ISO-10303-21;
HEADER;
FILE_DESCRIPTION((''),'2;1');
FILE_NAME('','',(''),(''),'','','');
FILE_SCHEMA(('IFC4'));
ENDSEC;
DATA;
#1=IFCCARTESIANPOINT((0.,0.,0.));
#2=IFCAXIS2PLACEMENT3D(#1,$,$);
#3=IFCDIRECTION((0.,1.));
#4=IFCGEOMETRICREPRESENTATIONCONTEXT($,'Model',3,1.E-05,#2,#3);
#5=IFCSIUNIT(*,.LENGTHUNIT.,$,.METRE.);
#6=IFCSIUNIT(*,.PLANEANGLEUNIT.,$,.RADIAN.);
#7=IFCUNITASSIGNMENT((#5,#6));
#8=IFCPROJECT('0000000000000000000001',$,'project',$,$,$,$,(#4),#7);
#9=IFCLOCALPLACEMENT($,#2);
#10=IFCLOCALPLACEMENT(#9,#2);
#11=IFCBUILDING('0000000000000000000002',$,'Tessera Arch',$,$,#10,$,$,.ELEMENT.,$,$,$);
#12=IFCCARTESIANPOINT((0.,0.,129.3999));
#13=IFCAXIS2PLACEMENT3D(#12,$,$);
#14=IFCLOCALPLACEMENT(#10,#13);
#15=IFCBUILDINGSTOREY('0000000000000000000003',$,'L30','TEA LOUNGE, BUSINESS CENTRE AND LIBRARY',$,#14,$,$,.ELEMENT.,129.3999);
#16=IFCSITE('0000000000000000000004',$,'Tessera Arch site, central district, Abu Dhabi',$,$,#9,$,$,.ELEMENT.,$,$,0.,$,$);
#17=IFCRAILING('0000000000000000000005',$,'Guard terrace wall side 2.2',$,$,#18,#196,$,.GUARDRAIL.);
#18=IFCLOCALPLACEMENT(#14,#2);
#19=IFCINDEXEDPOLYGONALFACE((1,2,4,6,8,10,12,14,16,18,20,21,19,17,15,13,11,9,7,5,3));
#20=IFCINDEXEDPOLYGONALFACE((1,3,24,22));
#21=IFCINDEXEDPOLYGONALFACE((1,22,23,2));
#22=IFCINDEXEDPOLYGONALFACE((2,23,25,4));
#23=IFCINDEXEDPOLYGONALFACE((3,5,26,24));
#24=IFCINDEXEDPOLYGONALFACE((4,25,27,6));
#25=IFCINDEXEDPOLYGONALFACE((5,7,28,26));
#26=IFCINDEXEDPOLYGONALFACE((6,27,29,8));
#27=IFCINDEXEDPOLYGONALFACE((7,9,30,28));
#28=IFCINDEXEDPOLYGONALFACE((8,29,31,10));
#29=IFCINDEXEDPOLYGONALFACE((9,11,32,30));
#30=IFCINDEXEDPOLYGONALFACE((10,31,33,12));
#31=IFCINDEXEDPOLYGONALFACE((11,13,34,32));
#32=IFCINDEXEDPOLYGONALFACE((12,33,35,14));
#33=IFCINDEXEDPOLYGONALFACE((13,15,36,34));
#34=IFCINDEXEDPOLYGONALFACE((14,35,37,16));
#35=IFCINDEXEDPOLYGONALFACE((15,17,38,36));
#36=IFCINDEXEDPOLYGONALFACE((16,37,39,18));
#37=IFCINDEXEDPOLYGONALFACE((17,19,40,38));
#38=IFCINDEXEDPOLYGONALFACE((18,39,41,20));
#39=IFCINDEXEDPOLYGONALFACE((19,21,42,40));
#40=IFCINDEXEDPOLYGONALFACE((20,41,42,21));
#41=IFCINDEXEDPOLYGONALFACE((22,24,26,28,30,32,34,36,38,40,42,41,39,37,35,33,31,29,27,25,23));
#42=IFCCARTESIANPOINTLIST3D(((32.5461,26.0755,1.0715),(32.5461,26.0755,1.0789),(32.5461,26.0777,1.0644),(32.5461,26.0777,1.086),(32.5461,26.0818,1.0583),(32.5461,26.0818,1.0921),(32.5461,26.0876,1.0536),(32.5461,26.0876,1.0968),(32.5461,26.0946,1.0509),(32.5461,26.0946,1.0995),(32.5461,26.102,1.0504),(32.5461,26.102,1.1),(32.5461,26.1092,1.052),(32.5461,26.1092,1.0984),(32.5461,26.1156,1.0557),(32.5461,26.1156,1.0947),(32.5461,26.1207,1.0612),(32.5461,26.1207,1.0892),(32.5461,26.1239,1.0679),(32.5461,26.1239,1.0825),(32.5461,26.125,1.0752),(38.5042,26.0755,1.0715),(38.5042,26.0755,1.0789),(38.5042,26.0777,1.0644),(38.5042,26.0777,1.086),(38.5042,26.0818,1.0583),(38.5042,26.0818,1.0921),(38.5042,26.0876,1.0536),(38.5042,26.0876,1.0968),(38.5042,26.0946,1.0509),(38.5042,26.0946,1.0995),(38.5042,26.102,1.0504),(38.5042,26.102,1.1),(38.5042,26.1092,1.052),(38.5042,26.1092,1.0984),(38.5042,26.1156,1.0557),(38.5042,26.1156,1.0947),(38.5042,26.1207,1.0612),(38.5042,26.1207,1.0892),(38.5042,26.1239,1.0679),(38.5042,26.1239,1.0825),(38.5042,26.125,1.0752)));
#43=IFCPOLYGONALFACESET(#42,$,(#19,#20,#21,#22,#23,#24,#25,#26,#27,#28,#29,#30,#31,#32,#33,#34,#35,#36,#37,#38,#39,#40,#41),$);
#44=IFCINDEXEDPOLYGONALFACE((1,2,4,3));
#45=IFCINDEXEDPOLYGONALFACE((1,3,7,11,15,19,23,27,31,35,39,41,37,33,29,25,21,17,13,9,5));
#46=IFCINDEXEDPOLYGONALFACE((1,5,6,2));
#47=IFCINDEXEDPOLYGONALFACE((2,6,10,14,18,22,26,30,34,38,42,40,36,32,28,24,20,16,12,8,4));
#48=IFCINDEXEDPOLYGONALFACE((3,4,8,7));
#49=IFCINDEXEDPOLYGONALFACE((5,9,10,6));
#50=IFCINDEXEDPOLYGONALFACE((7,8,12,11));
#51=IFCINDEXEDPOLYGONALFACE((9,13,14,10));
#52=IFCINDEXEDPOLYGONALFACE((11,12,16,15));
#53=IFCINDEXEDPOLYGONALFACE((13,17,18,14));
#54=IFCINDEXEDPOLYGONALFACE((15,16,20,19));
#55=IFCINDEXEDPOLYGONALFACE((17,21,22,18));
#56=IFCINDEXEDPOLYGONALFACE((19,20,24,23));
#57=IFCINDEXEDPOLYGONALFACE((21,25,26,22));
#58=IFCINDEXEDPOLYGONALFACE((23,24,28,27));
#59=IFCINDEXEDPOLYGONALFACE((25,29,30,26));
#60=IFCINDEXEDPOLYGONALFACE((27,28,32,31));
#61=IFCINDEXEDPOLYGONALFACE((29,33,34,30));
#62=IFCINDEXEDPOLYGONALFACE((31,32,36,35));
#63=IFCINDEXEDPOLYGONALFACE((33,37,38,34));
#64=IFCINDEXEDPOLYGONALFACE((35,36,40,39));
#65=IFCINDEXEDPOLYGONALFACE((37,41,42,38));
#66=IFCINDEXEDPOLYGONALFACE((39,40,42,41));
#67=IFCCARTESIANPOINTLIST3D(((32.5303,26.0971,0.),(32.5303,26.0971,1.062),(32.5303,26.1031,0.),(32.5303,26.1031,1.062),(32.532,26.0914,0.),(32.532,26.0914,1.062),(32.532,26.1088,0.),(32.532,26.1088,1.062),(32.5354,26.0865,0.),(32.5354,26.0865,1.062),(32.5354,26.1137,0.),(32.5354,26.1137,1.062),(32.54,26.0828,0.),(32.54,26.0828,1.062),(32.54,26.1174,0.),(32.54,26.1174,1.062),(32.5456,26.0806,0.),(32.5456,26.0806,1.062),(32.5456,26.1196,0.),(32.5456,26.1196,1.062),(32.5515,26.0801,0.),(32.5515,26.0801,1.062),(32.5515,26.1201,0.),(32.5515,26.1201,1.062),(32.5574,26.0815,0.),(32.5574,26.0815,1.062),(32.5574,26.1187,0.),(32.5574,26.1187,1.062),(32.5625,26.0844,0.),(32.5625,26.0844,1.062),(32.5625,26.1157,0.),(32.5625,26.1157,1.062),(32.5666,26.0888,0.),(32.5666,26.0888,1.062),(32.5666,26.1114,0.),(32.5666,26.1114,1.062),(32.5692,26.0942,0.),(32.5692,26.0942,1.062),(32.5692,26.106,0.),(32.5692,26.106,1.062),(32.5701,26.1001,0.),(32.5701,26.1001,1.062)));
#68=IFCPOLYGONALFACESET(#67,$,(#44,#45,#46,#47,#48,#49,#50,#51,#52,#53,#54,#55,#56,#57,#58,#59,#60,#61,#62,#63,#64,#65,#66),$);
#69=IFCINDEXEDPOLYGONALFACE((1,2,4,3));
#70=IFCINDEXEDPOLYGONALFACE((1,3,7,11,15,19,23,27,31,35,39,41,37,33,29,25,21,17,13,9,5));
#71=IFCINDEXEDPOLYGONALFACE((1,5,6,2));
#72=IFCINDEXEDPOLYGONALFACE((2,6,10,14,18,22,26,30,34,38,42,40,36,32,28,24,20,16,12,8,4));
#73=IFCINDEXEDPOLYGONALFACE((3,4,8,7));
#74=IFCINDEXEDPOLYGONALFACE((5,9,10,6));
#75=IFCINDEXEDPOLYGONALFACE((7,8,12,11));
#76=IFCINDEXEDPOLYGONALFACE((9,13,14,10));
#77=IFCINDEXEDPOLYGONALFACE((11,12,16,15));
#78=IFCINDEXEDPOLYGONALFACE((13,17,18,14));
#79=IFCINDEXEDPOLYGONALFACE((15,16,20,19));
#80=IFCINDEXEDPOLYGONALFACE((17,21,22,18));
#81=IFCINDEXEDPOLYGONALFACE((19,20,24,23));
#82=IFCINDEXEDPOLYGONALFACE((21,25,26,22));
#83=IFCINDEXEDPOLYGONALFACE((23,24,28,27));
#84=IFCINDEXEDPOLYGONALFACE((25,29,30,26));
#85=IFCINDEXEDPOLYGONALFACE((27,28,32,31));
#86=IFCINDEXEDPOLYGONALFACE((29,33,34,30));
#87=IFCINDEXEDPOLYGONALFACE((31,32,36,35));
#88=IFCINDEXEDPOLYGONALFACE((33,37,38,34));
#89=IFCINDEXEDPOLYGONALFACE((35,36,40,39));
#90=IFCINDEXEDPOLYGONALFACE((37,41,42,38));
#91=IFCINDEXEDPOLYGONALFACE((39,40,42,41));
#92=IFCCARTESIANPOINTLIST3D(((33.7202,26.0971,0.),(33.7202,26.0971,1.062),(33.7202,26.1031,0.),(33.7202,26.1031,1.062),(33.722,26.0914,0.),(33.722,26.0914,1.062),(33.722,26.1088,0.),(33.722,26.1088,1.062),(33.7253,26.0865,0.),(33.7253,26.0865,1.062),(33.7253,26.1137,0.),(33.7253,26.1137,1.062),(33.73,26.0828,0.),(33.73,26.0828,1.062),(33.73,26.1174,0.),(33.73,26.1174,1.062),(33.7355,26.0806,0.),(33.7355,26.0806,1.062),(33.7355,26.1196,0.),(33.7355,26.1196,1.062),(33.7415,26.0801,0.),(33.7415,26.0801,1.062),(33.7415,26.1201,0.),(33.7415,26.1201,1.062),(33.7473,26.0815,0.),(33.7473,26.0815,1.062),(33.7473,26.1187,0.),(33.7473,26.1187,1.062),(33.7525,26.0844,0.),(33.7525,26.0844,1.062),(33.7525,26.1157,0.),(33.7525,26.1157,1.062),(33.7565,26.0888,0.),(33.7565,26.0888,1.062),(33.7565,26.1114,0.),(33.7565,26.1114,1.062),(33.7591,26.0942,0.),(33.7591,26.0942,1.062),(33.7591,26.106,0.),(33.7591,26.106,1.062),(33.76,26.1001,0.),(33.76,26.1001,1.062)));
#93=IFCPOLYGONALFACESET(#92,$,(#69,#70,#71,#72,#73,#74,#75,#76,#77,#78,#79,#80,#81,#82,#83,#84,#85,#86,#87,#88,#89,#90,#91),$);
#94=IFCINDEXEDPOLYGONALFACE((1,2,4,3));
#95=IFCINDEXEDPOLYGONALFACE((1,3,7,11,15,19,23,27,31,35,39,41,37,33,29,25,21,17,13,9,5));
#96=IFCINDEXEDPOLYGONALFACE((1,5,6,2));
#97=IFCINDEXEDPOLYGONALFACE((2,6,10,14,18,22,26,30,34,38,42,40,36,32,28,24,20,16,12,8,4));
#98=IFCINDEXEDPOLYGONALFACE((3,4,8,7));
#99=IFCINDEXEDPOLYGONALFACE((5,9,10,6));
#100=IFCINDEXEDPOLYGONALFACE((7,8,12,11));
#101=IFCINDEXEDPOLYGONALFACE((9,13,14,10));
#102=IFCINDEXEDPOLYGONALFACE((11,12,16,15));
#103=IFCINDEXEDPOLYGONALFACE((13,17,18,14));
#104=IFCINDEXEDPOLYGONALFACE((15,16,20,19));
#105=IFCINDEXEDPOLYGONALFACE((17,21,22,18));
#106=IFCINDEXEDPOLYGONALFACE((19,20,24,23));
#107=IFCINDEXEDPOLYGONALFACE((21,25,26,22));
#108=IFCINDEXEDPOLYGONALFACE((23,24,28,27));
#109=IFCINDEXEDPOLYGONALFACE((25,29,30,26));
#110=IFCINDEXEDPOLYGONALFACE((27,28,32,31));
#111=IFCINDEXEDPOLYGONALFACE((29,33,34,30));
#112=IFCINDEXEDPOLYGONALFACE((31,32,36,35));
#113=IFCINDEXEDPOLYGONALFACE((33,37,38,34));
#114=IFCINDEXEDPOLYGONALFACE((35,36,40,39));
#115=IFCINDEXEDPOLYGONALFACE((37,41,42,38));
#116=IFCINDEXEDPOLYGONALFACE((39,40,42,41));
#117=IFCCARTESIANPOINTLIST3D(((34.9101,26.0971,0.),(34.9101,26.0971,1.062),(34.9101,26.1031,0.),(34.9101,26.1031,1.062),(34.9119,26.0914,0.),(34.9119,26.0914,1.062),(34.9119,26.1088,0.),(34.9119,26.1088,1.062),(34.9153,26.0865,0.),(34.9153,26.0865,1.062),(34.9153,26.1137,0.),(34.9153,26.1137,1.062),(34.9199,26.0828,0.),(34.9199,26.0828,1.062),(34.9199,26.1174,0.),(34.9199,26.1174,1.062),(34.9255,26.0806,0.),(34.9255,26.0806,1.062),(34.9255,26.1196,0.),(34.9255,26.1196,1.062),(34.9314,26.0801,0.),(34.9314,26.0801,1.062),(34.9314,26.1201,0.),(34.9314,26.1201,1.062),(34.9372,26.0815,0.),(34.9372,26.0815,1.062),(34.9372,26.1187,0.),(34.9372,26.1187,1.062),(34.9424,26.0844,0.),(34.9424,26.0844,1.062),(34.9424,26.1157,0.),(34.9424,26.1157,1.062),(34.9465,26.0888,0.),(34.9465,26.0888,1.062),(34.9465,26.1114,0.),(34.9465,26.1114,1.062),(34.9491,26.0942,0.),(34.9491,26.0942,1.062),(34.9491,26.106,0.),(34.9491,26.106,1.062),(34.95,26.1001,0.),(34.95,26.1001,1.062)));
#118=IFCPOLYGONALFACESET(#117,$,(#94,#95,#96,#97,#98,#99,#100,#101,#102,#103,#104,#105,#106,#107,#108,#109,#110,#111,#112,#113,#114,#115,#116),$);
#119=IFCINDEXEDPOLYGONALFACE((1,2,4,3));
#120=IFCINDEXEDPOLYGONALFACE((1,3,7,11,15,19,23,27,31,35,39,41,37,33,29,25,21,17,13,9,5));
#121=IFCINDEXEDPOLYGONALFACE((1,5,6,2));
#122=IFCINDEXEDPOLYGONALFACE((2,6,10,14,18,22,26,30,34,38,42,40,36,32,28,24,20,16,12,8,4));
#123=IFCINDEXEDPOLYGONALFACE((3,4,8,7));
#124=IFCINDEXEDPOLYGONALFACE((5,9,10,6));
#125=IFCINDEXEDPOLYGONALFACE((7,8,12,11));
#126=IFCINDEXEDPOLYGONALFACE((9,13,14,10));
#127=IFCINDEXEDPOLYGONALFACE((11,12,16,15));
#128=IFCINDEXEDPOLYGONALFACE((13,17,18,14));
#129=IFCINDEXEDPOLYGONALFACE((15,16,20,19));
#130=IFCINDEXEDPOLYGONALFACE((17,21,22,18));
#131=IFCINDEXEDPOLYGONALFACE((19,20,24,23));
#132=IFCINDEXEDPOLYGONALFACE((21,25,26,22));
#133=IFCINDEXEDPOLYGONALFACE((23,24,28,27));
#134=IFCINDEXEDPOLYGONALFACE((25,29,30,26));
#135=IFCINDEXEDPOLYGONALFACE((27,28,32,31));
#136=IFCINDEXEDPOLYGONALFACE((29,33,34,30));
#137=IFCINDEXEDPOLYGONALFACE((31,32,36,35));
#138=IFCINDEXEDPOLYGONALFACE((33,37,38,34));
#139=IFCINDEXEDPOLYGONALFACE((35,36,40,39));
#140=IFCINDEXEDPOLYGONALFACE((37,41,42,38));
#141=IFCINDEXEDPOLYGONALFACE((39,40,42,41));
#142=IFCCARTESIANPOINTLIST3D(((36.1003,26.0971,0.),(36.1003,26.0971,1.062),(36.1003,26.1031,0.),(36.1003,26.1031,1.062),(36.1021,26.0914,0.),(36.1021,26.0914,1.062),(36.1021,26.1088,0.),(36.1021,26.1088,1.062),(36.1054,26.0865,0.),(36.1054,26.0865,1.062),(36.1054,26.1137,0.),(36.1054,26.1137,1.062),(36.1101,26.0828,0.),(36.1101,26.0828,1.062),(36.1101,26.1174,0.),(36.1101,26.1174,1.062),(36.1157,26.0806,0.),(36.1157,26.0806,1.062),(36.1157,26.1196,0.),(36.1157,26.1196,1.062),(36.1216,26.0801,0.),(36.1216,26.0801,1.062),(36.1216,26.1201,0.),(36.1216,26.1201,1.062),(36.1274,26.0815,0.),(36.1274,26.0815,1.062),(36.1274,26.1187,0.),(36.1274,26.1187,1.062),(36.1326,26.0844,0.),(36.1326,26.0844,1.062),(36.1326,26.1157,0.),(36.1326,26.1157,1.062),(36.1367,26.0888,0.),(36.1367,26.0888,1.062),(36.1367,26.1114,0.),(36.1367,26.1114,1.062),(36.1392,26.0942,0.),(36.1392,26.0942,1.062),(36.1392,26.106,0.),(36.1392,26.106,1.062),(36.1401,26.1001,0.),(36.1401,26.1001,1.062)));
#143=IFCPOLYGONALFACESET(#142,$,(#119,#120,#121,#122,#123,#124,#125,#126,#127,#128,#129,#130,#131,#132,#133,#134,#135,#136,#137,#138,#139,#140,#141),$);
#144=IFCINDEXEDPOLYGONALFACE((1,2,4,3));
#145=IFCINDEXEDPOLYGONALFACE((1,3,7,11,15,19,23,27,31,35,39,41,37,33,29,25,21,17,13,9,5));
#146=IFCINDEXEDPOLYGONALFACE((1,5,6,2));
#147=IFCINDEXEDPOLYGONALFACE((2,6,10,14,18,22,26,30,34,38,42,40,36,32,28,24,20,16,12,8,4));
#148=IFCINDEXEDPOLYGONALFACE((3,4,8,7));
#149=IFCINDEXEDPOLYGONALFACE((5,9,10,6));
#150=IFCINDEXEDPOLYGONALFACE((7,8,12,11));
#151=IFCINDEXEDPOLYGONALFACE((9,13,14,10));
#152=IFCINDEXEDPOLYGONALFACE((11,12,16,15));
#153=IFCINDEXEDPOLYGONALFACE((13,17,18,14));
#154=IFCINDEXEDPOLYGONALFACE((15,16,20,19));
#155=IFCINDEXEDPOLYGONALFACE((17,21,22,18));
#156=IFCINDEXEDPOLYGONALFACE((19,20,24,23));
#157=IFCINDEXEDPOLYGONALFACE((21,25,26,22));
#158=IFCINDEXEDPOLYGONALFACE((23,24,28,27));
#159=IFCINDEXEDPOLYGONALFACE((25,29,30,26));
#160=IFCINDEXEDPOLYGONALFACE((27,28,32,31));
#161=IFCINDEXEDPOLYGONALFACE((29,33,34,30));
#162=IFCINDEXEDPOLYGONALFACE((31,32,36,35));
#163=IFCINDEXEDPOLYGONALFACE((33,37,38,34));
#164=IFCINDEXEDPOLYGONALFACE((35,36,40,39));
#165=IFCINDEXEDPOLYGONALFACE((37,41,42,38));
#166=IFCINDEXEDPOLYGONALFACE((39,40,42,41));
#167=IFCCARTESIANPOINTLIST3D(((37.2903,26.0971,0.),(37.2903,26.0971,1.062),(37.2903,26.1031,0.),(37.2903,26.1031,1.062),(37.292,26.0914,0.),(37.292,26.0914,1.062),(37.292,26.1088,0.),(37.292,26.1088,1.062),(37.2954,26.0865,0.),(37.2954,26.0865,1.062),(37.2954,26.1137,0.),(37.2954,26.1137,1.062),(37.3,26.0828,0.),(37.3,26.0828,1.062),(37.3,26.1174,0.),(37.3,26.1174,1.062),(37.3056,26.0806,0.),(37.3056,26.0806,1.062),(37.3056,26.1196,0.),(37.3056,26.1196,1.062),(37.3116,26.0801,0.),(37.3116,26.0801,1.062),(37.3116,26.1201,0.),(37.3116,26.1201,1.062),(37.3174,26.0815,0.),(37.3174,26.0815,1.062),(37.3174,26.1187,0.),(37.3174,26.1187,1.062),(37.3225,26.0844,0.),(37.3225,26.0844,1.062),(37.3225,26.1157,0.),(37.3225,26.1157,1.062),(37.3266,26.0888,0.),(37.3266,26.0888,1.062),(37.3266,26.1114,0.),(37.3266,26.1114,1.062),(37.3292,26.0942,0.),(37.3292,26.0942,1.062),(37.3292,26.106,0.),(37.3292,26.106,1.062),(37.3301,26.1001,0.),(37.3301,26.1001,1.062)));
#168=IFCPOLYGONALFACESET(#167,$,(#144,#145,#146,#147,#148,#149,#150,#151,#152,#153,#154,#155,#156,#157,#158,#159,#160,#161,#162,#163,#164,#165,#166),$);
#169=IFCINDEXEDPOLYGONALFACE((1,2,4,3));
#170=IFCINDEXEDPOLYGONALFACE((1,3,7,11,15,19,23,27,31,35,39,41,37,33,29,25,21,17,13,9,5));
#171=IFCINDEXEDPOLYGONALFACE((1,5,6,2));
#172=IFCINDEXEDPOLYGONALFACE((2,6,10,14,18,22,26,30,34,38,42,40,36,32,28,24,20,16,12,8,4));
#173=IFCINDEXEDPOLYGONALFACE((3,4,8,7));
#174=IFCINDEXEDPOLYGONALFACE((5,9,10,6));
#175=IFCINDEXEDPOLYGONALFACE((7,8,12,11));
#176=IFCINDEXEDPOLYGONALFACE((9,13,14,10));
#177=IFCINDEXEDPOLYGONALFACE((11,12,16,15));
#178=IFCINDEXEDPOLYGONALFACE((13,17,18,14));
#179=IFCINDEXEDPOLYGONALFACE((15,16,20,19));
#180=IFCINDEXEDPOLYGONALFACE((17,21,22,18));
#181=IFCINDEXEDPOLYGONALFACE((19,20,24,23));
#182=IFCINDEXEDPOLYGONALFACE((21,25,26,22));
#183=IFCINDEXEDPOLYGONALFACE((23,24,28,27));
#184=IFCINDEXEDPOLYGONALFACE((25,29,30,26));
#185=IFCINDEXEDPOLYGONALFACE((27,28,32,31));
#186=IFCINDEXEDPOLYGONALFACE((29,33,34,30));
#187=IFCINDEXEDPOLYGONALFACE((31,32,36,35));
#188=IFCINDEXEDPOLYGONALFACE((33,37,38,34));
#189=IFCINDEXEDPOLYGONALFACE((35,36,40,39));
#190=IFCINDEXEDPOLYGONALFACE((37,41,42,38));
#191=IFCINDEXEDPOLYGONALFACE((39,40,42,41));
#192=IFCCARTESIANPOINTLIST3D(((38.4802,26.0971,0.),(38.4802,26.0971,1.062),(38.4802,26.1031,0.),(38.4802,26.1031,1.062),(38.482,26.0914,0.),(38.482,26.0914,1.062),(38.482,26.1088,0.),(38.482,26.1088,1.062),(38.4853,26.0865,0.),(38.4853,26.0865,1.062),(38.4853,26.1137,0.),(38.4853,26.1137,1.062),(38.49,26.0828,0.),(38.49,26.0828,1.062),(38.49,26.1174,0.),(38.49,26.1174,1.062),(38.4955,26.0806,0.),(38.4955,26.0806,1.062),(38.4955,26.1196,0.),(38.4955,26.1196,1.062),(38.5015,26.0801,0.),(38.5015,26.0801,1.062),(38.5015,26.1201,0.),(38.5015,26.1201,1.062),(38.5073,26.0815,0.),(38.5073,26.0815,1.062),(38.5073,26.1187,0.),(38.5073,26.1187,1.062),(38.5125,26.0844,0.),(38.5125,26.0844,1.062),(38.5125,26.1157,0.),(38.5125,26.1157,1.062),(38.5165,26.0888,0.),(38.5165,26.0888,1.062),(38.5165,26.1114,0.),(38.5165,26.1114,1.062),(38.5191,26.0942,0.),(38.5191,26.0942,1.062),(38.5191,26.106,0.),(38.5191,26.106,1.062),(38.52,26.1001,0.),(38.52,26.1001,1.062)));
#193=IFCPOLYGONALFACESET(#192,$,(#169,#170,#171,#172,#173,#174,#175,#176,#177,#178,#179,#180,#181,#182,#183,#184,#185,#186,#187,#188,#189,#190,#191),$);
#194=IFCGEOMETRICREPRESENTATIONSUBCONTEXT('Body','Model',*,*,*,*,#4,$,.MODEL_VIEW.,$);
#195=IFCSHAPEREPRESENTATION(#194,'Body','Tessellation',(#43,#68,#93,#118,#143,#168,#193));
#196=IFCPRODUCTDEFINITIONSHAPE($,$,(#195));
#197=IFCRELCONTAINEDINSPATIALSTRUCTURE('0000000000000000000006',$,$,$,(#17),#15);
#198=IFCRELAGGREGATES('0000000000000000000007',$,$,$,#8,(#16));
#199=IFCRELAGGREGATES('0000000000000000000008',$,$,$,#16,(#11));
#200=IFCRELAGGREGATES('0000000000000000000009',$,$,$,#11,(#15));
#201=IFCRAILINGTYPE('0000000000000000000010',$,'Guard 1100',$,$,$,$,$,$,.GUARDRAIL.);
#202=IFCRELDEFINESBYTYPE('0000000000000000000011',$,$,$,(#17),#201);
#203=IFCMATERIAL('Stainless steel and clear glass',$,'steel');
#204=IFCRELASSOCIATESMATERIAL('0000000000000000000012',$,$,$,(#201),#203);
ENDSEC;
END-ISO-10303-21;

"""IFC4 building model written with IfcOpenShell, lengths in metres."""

from ifc_helpers import new_model, si_unit, direction, frame, origin, origin_2d, place, context, subcontext, project, spatial, circle, extrude, material, type_object, element, save


model = new_model("IFC4")

# Units and contexts
model_context = context("Model", 3, precision=1e-05, world=origin(), true_north=direction((0.0, 1.0)))
body_context = subcontext(model_context, "Body", "Model", "MODEL_VIEW")
ifc_project = project(units=[si_unit("LENGTHUNIT", "METRE"), si_unit("PLANEANGLEUNIT", "RADIAN")], contexts=[model_context])

# Site, building, storey
site_placement = place(None, origin())
site = spatial("IfcSite", under=ifc_project, at=site_placement, Name="Tessera Arch site, central district, Abu Dhabi", CompositionType="ELEMENT", RefElevation=0.0)
building_placement = place(site_placement, origin())
building = spatial("IfcBuilding", under=site, at=building_placement, Name="Tessera Arch", CompositionType="ELEMENT")
storey_placement = place(building_placement, frame((0.0, 0.0, 129.3999)))
storey = spatial("IfcBuildingStorey", under=building, at=storey_placement, Name="L30", Description="TEA LOUNGE, BUSINESS CENTRE AND LIBRARY", CompositionType="ELEMENT", Elevation=129.3999)

# Railing
ifc_material_1 = material(Name="Stainless steel and clear glass", Category="steel")
railing_type = type_object("IfcRailingType", Name="Guard 1100", PredefinedType="GUARDRAIL", material=ifc_material_1)
railing_1_placement = place(storey_placement, frame((32.55, 26.1001, 0.0)))
element("IfcRailing", 1, at=railing_1_placement, inside=storey, type_object=railing_type, Name="Guard terrace wall side 2.2", PredefinedType="GUARDRAIL", context=body_context, shape_type="SweptSolid", body=[
    extrude(circle(Radius=0.0249, at=origin_2d()), frame((-0.0039, 0.0, 1.0752), z_axis=(1.0, 0.0, 0.0), x_axis=(0.0, 1.0, 0.0)), (0.0, 0.0, 1.0), 5.958),
    extrude(circle(Radius=0.02, at=origin_2d()), origin(), (0.0, 0.0, 1.0), 1.062),
    extrude(circle(Radius=0.02, at=origin_2d()), frame((1.1899, 0.0, 0.0)), (0.0, 0.0, 1.0), 1.062),
    extrude(circle(Radius=0.02, at=origin_2d()), frame((2.3799, 0.0, 0.0)), (0.0, 0.0, 1.0), 1.062),
    extrude(circle(Radius=0.02, at=origin_2d()), frame((3.5701, 0.0, 0.0)), (0.0, 0.0, 1.0), 1.062),
    extrude(circle(Radius=0.02, at=origin_2d()), frame((4.76, 0.0, 0.0)), (0.0, 0.0, 1.0), 1.062),
    extrude(circle(Radius=0.02, at=origin_2d()), frame((5.95, 0.0, 0.0)), (0.0, 0.0, 1.0), 1.062),
])

save(model, "model.ifc")
